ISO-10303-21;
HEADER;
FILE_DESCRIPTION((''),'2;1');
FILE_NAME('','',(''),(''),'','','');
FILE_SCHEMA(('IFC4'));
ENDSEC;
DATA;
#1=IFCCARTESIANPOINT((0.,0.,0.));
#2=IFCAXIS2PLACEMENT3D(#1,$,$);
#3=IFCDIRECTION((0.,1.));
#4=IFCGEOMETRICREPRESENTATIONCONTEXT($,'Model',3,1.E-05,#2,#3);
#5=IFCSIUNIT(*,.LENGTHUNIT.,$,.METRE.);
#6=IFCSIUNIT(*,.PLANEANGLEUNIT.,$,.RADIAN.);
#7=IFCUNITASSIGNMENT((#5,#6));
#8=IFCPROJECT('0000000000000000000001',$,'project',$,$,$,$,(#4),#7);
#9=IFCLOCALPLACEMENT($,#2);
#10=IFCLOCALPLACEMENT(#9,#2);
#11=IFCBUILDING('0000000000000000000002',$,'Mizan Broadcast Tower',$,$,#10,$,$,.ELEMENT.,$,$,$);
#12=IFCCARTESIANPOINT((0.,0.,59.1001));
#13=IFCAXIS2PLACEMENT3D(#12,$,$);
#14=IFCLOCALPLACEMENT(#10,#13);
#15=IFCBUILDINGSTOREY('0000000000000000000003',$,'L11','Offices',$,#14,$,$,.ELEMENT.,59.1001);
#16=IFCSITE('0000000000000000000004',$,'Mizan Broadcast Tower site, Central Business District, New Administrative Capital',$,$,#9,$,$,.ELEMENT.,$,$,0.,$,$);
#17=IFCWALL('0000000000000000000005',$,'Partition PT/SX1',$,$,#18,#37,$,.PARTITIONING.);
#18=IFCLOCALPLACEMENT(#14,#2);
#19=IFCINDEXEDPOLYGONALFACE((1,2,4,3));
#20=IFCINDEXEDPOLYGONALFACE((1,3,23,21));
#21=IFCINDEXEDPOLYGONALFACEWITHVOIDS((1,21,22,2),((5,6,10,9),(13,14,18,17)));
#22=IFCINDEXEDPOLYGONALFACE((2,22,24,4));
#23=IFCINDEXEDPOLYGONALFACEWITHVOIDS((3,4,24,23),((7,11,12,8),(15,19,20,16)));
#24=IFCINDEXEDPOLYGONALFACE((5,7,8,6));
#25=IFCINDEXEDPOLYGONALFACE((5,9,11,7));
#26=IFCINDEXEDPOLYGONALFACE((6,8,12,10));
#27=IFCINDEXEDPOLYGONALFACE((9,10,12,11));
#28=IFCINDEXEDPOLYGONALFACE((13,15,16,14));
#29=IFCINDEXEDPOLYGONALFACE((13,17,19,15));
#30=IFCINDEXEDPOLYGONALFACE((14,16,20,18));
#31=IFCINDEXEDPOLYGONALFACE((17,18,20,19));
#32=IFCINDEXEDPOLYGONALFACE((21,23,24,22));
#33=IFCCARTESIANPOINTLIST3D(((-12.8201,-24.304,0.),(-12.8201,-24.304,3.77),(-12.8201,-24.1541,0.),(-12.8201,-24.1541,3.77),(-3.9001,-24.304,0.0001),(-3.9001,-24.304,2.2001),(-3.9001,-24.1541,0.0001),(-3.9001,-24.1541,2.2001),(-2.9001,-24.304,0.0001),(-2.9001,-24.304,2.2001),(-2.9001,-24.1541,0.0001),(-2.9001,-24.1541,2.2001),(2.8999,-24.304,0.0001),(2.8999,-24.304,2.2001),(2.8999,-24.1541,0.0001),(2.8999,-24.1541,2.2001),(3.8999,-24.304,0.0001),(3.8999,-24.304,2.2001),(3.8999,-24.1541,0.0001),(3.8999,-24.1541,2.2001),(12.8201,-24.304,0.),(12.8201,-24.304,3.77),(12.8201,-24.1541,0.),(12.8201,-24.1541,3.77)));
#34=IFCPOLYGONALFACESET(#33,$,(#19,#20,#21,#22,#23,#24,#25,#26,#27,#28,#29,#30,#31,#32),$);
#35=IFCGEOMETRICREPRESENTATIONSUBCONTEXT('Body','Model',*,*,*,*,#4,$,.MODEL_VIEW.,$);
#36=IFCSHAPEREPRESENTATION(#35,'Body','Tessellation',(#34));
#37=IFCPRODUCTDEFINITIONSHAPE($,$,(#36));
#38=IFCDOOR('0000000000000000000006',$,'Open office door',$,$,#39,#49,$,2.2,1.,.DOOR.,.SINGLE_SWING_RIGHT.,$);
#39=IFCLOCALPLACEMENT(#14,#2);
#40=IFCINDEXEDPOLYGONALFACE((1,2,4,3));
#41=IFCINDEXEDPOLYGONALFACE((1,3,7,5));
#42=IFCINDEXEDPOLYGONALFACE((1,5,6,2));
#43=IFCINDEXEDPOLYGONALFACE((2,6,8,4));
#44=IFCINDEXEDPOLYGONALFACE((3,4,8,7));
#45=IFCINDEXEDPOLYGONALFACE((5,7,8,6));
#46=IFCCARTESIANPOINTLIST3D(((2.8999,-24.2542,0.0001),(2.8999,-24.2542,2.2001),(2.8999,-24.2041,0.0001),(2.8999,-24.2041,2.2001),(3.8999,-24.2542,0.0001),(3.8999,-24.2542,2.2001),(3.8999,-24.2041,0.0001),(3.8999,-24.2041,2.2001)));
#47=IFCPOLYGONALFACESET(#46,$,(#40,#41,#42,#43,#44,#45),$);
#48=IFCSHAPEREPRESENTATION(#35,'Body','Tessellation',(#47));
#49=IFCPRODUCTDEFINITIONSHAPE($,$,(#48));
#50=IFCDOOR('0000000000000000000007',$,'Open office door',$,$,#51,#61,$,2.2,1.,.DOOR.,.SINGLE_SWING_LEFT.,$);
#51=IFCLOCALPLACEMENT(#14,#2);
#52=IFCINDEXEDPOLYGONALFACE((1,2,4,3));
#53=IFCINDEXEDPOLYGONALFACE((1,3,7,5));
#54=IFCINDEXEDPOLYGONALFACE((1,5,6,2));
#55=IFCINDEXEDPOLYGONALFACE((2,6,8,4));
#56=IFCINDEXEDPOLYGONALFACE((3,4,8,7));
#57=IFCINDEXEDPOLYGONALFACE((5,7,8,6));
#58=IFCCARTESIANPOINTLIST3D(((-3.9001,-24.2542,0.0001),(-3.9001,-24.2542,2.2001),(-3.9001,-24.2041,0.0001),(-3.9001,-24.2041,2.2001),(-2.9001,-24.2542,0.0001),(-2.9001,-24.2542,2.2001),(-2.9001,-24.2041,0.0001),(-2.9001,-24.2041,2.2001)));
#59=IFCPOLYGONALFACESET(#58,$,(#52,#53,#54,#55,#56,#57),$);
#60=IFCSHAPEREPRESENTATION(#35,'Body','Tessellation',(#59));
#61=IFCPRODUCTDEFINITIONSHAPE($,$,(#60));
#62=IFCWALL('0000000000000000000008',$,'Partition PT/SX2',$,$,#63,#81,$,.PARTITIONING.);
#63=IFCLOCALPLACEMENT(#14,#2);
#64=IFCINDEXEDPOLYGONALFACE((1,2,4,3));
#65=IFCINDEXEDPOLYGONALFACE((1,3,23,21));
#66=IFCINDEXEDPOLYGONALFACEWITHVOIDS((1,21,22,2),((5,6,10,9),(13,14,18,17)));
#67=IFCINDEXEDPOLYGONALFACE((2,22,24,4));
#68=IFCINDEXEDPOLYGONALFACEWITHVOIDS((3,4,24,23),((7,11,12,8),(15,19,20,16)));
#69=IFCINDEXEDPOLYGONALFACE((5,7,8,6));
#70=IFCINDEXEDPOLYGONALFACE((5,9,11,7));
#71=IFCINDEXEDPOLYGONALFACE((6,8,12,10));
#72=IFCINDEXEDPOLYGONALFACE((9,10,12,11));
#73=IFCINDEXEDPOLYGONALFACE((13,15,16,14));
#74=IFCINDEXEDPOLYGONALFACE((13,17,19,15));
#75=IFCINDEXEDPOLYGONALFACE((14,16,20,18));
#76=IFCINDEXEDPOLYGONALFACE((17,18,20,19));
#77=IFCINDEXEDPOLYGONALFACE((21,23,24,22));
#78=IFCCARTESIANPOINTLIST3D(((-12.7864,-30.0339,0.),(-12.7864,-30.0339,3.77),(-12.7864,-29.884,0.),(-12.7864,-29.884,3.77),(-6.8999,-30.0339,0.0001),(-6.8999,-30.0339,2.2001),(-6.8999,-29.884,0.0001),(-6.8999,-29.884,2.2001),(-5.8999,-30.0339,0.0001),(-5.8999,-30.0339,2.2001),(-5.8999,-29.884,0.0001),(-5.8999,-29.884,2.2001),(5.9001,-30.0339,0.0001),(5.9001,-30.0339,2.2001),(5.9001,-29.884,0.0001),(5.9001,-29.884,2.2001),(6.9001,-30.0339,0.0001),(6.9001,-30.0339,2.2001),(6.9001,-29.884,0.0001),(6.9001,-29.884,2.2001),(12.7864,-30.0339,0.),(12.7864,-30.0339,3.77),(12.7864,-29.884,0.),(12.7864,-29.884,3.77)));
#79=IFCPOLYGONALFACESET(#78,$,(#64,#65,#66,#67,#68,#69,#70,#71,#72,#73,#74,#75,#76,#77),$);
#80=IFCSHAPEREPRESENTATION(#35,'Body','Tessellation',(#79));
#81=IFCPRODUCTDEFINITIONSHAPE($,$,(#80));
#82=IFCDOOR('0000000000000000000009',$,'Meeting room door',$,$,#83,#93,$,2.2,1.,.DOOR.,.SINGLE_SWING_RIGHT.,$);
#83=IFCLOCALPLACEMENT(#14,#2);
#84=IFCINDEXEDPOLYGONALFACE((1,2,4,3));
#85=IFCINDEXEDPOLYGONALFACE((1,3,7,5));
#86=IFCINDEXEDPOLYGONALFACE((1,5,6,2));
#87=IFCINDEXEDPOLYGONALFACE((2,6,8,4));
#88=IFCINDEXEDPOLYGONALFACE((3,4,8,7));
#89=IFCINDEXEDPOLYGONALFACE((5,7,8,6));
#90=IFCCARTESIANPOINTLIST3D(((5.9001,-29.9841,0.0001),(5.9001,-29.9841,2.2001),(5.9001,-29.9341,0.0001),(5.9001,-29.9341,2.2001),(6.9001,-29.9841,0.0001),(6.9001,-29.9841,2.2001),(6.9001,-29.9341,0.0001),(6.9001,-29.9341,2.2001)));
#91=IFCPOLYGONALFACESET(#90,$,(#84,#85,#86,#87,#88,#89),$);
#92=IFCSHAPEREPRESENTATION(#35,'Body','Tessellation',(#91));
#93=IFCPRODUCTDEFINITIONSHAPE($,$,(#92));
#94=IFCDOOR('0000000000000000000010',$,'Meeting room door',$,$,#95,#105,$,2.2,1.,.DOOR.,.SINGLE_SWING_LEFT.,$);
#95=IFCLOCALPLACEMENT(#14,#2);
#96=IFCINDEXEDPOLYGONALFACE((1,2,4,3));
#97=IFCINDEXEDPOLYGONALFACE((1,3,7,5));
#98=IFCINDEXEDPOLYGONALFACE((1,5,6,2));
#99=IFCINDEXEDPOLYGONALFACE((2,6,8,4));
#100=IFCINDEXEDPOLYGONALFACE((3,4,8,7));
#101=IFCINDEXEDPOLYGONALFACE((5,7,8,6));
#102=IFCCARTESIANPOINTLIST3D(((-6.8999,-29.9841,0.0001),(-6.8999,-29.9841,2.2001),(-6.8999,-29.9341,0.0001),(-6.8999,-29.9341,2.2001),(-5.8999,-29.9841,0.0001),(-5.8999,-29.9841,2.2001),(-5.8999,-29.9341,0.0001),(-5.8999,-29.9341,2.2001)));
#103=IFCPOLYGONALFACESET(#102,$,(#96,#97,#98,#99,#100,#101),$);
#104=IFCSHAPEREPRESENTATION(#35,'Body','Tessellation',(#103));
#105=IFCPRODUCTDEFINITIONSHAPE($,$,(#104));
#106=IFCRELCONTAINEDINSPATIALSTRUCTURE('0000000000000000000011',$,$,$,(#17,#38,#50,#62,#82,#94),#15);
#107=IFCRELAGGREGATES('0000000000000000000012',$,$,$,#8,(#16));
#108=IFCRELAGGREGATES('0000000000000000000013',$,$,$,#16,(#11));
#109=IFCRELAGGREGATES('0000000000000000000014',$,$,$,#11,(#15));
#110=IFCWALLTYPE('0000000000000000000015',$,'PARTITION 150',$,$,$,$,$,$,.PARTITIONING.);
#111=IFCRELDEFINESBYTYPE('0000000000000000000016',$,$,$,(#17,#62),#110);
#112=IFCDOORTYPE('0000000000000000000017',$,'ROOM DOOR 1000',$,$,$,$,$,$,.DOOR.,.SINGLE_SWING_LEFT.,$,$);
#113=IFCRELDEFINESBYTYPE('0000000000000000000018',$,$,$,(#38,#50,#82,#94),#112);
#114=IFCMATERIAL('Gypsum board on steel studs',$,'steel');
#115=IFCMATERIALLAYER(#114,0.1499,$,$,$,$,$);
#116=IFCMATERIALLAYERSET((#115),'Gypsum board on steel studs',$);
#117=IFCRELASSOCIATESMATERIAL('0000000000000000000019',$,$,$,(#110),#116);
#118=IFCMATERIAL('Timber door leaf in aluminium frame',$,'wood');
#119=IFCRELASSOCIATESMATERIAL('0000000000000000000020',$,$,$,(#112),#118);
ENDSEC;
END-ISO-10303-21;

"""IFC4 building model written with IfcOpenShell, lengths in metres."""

from ifc_helpers import new_model, si_unit, direction, frame, frame_2d, origin, place, context, subcontext, project, spatial, rectangle, extrude, material, layer, layer_set, type_object, element, fill, save


model = new_model("IFC4")

# Units and contexts
model_context = context("Model", 3, precision=1e-05, world=origin(), true_north=direction((0.0, 1.0)))
body_context = subcontext(model_context, "Body", "Model", "MODEL_VIEW")
ifc_project = project(units=[si_unit("LENGTHUNIT", "METRE"), si_unit("PLANEANGLEUNIT", "RADIAN")], contexts=[model_context])

# Site, building, storey
site_placement = place(None, origin())
site = spatial("IfcSite", under=ifc_project, at=site_placement, Name="Mizan Broadcast Tower site, Central Business District, New Administrative Capital", CompositionType="ELEMENT", RefElevation=0.0)
building_placement = place(site_placement, origin())
building = spatial("IfcBuilding", under=site, at=building_placement, Name="Mizan Broadcast Tower", CompositionType="ELEMENT")
storey_placement = place(building_placement, frame((0.0, 0.0, 59.1001)))
storey = spatial("IfcBuildingStorey", under=building, at=storey_placement, Name="L11", Description="Offices", CompositionType="ELEMENT", Elevation=59.1001)

# Walls, openings, doors
ifc_material_1 = material(Name="Gypsum board on steel studs", Category="steel")
ifc_layer_1 = layer(ifc_material_1, 0.1499)
ifc_layer_set_1 = layer_set([ifc_layer_1], Name="Gypsum board on steel studs")
wall_type = type_object("IfcWallType", Name="PARTITION 150", PredefinedType="PARTITIONING", material=ifc_layer_set_1)
wall_1_placement = place(storey_placement, frame((-12.8201, -24.229, 0.0), z_axis=(0.0, 0.0, 1.0), x_axis=(1.0, 0.0, 0.0)))
wall_1 = element("IfcWall", 1, at=wall_1_placement, inside=storey, type_object=wall_type, Name="Partition PT/SX1", PredefinedType="PARTITIONING", context=body_context, shape_type="SweptSolid", body=[
    extrude(rectangle(XDim=25.6401, YDim=0.1499, at=frame_2d((12.8201, 0.0))), origin(), (0.0, 0.0, 1.0), 3.77),
])
opening_1_placement = place(wall_1_placement, frame((15.72, 0.0, 0.0)))
opening_1 = element("IfcOpeningElement", 2, at=opening_1_placement, cuts=wall_1, PredefinedType="OPENING", context=body_context, shape_type="SweptSolid", body=[
    extrude(rectangle(XDim=1.0, YDim=2.2, at=frame_2d((0.5, 1.1001))), frame((0.0, 0.085, 0.0), z_axis=(0.0, -1.0, 0.0), x_axis=(1.0, 0.0, 0.0)), (0.0, 0.0, 1.0), 0.1699),
])
opening_2_placement = place(wall_1_placement, frame((8.9199, 0.0, 0.0)))
opening_2 = element("IfcOpeningElement", 3, at=opening_2_placement, cuts=wall_1, PredefinedType="OPENING", context=body_context, shape_type="SweptSolid", body=[
    extrude(rectangle(XDim=1.0, YDim=2.2, at=frame_2d((0.5, 1.1001))), frame((0.0, 0.085, 0.0), z_axis=(0.0, -1.0, 0.0), x_axis=(1.0, 0.0, 0.0)), (0.0, 0.0, 1.0), 0.1699),
])
ifc_material_2 = material(Name="Timber door leaf in aluminium frame", Category="wood")
door_type = type_object("IfcDoorType", Name="ROOM DOOR 1000", OperationType="SINGLE_SWING_LEFT", PredefinedType="DOOR", material=ifc_material_2)
door_1_placement = place(opening_1_placement, origin())
door_1 = element("IfcDoor", 4, at=door_1_placement, inside=storey, type_object=door_type, Name="Open office door", OperationType="SINGLE_SWING_RIGHT", OverallHeight=2.2, OverallWidth=1.0, PredefinedType="DOOR", context=body_context, shape_type="SweptSolid", body=[
    extrude(rectangle(XDim=1.0, YDim=2.2, at=frame_2d((0.5, 1.1001))), frame((0.0, 0.0249, 0.0), z_axis=(0.0, -1.0, 0.0), x_axis=(1.0, 0.0, 0.0)), (0.0, 0.0, 1.0), 0.05),
])
fill(opening_1, door_1)
door_2_placement = place(opening_2_placement, origin())
door_2 = element("IfcDoor", 5, at=door_2_placement, inside=storey, type_object=door_type, Name="Open office door", OperationType="SINGLE_SWING_LEFT", OverallHeight=2.2, OverallWidth=1.0, PredefinedType="DOOR", context=body_context, shape_type="SweptSolid", body=[
    extrude(rectangle(XDim=1.0, YDim=2.2, at=frame_2d((0.5, 1.1001))), frame((0.0, 0.0249, 0.0), z_axis=(0.0, -1.0, 0.0), x_axis=(1.0, 0.0, 0.0)), (0.0, 0.0, 1.0), 0.05),
])
fill(opening_2, door_2)
wall_2_placement = place(storey_placement, frame((-12.7864, -29.959, 0.0), z_axis=(0.0, 0.0, 1.0), x_axis=(1.0, 0.0, 0.0)))
wall_2 = element("IfcWall", 6, at=wall_2_placement, inside=storey, type_object=wall_type, Name="Partition PT/SX2", PredefinedType="PARTITIONING", context=body_context, shape_type="SweptSolid", body=[
    extrude(rectangle(XDim=25.5728, YDim=0.1499, at=frame_2d((12.7864, 0.0))), origin(), (0.0, 0.0, 1.0), 3.77),
])
opening_3_placement = place(wall_2_placement, frame((18.6865, 0.0, 0.0)))
opening_3 = element("IfcOpeningElement", 7, at=opening_3_placement, cuts=wall_2, PredefinedType="OPENING", context=body_context, shape_type="SweptSolid", body=[
    extrude(rectangle(XDim=1.0, YDim=2.2, at=frame_2d((0.5, 1.1001))), frame((0.0, 0.085, 0.0), z_axis=(0.0, -1.0, 0.0), x_axis=(1.0, 0.0, 0.0)), (0.0, 0.0, 1.0), 0.1699),
])
opening_4_placement = place(wall_2_placement, frame((5.8865, 0.0, 0.0)))
opening_4 = element("IfcOpeningElement", 8, at=opening_4_placement, cuts=wall_2, PredefinedType="OPENING", context=body_context, shape_type="SweptSolid", body=[
    extrude(rectangle(XDim=1.0, YDim=2.2, at=frame_2d((0.5, 1.1001))), frame((0.0, 0.085, 0.0), z_axis=(0.0, -1.0, 0.0), x_axis=(1.0, 0.0, 0.0)), (0.0, 0.0, 1.0), 0.1699),
])
door_3_placement = place(opening_3_placement, origin())
door_3 = element("IfcDoor", 9, at=door_3_placement, inside=storey, type_object=door_type, Name="Meeting room door", OperationType="SINGLE_SWING_RIGHT", OverallHeight=2.2, OverallWidth=1.0, PredefinedType="DOOR", context=body_context, shape_type="SweptSolid", body=[
    extrude(rectangle(XDim=1.0, YDim=2.2, at=frame_2d((0.5, 1.1001))), frame((0.0, 0.0249, 0.0), z_axis=(0.0, -1.0, 0.0), x_axis=(1.0, 0.0, 0.0)), (0.0, 0.0, 1.0), 0.05),
])
fill(opening_3, door_3)
door_4_placement = place(opening_4_placement, origin())
door_4 = element("IfcDoor", 10, at=door_4_placement, inside=storey, type_object=door_type, Name="Meeting room door", OperationType="SINGLE_SWING_LEFT", OverallHeight=2.2, OverallWidth=1.0, PredefinedType="DOOR", context=body_context, shape_type="SweptSolid", body=[
    extrude(rectangle(XDim=1.0, YDim=2.2, at=frame_2d((0.5, 1.1001))), frame((0.0, 0.0249, 0.0), z_axis=(0.0, -1.0, 0.0), x_axis=(1.0, 0.0, 0.0)), (0.0, 0.0, 1.0), 0.05),
])
fill(opening_4, door_4)

save(model, "model.ifc")
